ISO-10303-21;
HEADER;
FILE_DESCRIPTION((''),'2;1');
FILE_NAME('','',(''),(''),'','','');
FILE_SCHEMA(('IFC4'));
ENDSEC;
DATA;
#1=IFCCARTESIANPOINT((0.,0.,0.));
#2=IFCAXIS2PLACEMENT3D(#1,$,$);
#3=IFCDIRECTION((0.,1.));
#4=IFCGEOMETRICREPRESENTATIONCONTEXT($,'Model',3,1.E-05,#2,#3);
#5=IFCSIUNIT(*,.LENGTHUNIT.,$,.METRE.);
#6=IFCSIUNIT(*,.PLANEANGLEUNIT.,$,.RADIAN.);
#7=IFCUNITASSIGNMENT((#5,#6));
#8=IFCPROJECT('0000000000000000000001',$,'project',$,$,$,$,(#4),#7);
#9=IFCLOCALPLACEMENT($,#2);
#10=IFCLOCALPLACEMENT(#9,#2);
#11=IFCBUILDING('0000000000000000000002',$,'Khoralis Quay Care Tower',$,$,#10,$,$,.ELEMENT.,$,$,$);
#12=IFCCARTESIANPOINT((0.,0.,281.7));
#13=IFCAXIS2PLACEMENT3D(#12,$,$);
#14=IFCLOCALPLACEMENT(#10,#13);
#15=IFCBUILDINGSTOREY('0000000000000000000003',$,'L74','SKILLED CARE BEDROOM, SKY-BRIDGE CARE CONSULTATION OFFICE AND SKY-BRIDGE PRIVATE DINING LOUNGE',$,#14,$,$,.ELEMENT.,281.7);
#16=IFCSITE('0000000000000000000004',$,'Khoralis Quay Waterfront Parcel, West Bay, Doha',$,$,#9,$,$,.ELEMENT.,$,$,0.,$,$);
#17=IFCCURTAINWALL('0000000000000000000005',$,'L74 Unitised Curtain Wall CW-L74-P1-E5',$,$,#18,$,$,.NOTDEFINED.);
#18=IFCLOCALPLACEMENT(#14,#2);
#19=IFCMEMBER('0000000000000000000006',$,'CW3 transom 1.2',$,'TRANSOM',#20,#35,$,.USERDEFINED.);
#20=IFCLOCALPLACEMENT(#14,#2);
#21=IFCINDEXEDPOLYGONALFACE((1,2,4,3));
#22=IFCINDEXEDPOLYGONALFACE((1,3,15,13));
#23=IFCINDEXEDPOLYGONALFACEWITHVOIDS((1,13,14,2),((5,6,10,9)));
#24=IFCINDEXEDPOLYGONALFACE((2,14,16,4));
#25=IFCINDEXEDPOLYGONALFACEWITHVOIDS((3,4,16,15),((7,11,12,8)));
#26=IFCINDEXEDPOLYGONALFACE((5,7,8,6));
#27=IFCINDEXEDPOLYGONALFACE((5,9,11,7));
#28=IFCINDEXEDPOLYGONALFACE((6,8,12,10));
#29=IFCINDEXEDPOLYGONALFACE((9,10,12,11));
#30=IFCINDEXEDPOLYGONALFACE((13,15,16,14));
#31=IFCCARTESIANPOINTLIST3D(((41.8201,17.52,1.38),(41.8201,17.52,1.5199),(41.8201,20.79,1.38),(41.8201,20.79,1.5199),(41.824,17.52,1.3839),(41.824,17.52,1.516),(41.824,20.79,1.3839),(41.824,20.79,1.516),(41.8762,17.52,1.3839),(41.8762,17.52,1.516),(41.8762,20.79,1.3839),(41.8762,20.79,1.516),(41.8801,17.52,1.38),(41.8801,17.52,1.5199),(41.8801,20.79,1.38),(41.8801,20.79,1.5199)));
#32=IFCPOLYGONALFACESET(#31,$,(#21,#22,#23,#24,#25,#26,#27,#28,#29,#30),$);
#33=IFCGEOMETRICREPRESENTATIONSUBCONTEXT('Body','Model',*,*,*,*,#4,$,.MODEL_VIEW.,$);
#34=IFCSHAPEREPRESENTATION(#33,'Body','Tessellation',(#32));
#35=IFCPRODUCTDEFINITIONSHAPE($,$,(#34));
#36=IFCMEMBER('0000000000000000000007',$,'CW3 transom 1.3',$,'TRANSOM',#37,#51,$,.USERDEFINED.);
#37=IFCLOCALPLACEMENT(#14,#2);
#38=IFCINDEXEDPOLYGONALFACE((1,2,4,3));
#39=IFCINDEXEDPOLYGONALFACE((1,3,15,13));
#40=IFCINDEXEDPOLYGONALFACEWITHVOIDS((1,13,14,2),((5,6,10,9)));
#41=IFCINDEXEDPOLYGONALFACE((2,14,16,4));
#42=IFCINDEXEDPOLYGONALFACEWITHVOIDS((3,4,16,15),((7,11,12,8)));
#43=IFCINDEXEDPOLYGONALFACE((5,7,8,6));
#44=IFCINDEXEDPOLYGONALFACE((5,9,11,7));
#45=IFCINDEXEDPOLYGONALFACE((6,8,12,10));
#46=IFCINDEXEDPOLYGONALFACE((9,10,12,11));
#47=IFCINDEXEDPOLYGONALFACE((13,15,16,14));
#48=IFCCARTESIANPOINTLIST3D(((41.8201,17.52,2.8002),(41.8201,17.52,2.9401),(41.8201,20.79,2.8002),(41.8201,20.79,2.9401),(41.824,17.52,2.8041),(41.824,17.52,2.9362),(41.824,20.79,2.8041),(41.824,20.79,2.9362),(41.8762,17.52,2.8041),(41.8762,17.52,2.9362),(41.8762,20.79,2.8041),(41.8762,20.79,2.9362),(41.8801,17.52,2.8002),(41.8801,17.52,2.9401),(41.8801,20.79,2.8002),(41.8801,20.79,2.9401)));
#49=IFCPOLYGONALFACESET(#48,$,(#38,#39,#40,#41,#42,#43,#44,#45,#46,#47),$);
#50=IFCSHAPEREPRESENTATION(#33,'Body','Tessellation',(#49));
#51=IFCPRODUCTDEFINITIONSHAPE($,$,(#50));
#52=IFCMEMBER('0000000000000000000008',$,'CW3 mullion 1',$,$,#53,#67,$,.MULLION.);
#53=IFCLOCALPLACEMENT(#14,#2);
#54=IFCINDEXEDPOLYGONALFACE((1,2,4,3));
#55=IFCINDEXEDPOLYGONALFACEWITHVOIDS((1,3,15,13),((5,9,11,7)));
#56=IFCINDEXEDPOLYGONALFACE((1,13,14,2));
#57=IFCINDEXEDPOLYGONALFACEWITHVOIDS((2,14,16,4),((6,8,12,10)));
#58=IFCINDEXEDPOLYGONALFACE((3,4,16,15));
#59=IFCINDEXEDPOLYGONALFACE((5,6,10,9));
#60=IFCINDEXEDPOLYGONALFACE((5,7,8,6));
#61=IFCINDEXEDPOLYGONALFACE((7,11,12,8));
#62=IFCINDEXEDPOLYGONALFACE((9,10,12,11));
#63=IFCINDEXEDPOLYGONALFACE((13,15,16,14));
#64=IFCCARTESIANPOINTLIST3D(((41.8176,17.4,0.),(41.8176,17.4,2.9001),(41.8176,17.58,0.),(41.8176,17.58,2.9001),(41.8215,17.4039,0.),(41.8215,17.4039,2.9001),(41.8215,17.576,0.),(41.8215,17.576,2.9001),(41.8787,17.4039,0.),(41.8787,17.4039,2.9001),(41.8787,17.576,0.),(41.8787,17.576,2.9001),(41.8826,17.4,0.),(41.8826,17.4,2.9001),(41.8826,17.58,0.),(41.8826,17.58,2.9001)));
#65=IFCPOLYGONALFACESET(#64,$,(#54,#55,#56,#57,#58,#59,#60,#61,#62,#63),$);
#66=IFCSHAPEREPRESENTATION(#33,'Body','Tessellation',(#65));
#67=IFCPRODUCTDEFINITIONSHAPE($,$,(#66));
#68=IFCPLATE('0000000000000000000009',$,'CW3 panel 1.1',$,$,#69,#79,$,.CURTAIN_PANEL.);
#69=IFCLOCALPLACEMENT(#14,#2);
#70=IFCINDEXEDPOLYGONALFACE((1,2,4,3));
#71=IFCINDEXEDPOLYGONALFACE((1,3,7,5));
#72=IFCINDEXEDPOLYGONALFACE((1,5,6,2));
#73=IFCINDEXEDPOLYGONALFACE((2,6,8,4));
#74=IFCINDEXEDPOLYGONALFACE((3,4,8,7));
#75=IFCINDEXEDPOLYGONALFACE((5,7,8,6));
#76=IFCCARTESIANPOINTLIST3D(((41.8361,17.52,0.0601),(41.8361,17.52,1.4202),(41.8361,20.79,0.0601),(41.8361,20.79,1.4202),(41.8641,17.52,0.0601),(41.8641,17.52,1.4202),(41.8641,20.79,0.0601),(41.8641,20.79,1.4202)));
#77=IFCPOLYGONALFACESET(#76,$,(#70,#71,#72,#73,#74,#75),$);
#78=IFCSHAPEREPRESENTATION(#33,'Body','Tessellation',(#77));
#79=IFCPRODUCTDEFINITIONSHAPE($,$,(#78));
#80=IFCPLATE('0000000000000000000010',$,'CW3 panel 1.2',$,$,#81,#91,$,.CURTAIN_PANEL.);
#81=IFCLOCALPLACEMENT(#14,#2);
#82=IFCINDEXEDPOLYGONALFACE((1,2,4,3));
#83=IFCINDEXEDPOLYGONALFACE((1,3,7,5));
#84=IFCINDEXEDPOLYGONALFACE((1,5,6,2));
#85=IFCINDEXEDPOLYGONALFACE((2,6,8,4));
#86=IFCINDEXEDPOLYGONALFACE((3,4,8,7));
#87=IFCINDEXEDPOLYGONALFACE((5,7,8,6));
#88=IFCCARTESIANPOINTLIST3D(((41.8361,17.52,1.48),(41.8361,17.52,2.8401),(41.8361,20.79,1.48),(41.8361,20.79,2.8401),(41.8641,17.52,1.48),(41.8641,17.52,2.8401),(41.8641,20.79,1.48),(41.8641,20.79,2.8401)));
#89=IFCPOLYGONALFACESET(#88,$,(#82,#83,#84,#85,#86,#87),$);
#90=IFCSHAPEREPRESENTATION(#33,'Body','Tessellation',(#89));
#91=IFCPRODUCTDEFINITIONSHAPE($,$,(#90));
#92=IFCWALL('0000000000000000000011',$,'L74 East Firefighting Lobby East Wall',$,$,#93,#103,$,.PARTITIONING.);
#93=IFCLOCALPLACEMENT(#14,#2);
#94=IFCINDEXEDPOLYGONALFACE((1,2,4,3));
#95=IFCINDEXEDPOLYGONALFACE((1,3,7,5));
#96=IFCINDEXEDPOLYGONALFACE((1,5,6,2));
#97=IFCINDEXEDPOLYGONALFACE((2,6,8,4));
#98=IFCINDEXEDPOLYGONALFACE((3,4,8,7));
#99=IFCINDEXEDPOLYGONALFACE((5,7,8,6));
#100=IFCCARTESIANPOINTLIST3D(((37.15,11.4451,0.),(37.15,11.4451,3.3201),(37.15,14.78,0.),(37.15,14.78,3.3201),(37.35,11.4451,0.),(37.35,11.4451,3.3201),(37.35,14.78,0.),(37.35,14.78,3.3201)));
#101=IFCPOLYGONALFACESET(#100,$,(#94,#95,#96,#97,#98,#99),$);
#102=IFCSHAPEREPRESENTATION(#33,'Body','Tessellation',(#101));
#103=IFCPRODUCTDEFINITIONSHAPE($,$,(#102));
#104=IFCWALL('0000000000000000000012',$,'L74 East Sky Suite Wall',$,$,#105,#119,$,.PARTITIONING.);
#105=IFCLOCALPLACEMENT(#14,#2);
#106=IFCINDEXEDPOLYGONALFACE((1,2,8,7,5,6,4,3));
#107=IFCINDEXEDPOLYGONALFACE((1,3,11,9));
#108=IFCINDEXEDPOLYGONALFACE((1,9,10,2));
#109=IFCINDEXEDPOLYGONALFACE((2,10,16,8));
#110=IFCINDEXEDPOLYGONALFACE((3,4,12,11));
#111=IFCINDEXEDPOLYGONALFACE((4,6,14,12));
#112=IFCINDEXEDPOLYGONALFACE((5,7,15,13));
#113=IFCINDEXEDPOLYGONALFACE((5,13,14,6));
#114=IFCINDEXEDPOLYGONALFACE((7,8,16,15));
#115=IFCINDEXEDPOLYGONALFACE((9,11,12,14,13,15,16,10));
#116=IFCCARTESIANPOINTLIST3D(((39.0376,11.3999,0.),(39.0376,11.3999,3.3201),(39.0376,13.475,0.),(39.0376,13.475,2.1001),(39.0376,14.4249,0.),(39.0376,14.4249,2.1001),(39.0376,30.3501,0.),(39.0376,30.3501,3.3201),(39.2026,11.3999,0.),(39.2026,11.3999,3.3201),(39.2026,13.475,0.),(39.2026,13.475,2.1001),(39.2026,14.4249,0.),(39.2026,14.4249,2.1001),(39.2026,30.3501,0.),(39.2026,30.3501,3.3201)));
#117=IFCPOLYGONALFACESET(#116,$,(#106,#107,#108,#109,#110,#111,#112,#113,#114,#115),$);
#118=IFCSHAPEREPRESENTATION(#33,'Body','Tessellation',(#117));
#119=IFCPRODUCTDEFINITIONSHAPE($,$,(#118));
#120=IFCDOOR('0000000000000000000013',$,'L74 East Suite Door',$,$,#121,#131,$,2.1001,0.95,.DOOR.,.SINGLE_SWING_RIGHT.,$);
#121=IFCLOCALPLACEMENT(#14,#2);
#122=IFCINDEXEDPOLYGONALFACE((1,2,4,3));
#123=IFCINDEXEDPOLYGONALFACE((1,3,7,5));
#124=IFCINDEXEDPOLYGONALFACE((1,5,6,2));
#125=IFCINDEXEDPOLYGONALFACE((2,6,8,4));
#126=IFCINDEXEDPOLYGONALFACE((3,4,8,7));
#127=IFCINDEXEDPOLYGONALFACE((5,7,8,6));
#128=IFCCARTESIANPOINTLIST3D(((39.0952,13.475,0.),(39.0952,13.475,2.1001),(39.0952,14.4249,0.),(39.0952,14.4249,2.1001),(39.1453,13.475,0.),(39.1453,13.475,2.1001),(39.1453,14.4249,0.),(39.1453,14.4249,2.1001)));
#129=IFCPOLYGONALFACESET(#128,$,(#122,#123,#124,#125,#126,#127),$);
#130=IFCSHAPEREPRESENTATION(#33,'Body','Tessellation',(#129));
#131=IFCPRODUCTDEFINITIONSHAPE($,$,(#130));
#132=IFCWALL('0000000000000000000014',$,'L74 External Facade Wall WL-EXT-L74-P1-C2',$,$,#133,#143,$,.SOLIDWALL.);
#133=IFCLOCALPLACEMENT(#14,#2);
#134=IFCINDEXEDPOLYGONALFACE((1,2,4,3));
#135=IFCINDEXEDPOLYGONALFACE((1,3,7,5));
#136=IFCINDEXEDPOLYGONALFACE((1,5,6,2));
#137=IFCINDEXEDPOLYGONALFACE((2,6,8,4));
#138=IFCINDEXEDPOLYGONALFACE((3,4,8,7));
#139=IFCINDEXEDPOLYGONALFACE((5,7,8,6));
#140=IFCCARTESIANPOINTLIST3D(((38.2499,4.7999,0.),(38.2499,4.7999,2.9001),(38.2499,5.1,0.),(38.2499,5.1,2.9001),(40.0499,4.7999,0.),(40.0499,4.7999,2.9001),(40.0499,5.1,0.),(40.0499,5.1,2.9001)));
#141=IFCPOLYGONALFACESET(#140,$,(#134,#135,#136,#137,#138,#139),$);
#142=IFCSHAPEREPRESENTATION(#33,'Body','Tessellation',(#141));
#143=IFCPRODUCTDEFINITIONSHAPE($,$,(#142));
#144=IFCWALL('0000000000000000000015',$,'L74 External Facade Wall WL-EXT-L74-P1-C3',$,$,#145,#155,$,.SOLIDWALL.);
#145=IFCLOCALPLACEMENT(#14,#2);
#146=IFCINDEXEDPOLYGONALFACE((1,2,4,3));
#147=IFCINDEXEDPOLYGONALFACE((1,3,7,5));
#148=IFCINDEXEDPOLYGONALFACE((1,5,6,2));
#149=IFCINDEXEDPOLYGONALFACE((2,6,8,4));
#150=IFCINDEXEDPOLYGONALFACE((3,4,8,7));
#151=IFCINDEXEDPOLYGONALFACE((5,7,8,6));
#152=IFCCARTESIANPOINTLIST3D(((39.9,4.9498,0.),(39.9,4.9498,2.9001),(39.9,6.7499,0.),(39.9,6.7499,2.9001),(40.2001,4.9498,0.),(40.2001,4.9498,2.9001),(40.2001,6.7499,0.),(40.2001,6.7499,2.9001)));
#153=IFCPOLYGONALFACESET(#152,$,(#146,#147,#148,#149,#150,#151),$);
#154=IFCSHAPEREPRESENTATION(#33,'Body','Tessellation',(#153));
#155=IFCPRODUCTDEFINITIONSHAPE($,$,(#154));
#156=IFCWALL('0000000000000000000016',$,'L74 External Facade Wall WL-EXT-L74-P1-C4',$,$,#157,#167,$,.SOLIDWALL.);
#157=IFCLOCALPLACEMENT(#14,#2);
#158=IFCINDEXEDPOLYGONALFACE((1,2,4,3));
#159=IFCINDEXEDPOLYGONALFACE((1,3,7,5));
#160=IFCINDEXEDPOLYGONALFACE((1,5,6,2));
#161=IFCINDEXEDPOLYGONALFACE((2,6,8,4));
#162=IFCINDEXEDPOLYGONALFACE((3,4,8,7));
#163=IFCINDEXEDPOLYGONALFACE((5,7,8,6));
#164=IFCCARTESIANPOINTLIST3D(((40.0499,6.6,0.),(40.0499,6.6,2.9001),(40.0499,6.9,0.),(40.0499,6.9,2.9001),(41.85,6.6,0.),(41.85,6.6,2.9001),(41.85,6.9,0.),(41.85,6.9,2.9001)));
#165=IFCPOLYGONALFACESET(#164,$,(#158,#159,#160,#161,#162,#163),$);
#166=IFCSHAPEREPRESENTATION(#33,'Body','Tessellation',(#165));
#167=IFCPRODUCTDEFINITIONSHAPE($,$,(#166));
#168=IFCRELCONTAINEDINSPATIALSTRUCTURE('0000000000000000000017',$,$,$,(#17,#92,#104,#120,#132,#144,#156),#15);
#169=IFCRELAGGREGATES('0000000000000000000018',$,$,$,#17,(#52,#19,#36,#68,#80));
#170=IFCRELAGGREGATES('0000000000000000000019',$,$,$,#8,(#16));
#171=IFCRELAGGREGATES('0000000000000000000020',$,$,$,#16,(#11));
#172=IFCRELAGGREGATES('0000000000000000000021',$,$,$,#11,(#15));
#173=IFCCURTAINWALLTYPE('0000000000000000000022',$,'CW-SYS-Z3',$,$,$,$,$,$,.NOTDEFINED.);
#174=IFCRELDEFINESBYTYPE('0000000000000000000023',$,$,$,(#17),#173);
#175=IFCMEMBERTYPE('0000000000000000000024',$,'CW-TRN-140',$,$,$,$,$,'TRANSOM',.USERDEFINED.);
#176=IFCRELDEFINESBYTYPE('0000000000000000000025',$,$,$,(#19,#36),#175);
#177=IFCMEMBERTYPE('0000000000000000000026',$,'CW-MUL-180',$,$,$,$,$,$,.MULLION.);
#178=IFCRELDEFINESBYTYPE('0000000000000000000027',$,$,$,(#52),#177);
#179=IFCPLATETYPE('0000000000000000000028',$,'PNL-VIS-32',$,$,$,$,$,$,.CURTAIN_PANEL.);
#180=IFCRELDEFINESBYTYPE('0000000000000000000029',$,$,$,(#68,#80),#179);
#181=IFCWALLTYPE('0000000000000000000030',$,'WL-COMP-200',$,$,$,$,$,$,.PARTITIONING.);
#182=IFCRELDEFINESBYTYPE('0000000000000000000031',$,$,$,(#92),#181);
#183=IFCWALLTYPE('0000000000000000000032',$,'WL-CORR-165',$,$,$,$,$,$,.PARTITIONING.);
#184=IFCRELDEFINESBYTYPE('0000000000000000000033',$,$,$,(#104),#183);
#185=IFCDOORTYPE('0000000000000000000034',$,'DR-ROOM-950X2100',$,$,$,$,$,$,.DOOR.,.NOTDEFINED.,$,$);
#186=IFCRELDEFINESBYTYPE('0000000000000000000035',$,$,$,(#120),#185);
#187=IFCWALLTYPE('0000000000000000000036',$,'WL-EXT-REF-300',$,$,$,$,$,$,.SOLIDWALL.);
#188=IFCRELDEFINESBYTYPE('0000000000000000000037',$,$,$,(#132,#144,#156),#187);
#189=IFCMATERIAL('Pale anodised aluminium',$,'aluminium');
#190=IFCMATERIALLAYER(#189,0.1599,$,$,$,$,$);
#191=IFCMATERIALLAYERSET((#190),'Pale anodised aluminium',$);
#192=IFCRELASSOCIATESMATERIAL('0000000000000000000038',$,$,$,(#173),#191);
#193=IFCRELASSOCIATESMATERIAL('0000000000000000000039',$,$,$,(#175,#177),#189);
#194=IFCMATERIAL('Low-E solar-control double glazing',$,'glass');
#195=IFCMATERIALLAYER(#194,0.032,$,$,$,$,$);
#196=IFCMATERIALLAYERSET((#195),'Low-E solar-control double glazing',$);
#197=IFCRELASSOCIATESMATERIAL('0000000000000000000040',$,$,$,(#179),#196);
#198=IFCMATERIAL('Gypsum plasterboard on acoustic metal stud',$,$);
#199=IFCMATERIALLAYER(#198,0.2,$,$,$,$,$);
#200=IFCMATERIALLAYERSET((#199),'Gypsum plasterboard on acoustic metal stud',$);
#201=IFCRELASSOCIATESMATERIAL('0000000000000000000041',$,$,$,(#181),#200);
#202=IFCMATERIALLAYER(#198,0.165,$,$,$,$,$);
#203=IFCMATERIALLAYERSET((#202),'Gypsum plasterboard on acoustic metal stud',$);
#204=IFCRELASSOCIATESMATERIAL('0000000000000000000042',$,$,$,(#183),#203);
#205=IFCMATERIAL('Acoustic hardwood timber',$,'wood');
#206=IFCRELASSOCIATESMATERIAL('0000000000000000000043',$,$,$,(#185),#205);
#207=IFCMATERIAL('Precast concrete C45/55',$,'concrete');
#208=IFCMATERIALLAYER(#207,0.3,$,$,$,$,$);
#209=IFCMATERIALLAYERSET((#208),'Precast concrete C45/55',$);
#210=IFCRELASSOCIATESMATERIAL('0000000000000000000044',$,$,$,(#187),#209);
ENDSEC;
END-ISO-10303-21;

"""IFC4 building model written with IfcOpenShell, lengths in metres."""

from ifc_helpers import new_model, si_unit, direction, frame, frame_2d, origin, origin_2d, place, context, subcontext, project, spatial, rectangle, hollow_rectangle, extrude, source, transform, mapped, material, layer, layer_set, material_profile, profile_set, type_object, element, fill, aggregate, save


model = new_model("IFC4")

# Units and contexts
model_context = context("Model", 3, precision=1e-05, world=origin(), true_north=direction((0.0, 1.0)))
body_context = subcontext(model_context, "Body", "Model", "MODEL_VIEW")
ifc_project = project(units=[si_unit("LENGTHUNIT", "METRE"), si_unit("PLANEANGLEUNIT", "RADIAN")], contexts=[model_context])

# Site, building, storey
site_placement = place(None, origin())
site = spatial("IfcSite", under=ifc_project, at=site_placement, Name="Khoralis Quay Waterfront Parcel, West Bay, Doha", CompositionType="ELEMENT", RefElevation=0.0)
building_placement = place(site_placement, origin())
building = spatial("IfcBuilding", under=site, at=building_placement, Name="Khoralis Quay Care Tower", CompositionType="ELEMENT")
storey_placement = place(building_placement, frame((0.0, 0.0, 281.7)))
storey = spatial("IfcBuildingStorey", under=building, at=storey_placement, Name="L74", Description="SKILLED CARE BEDROOM, SKY-BRIDGE CARE CONSULTATION OFFICE AND SKY-BRIDGE PRIVATE DINING LOUNGE", CompositionType="ELEMENT", Elevation=281.7)

# Curtain wall, members, plates
ifc_material_1 = material(Name="Pale anodised aluminium", Category="aluminium")
ifc_layer_1 = layer(ifc_material_1, 0.1599)
ifc_layer_set_1 = layer_set([ifc_layer_1], Name="Pale anodised aluminium")
curtain_wall_type = type_object("IfcCurtainWallType", Name="CW-SYS-Z3", PredefinedType="NOTDEFINED", material=ifc_layer_set_1)
curtain_wall_placement = place(storey_placement, origin())
curtain_wall = element("IfcCurtainWall", 1, at=curtain_wall_placement, inside=storey, type_object=curtain_wall_type, Name="L74 Unitised Curtain Wall CW-L74-P1-E5", PredefinedType="NOTDEFINED")
ifc_material_profile_1 = material_profile(ifc_material_1, hollow_rectangle(XDim=0.0601, YDim=0.1399, WallThickness=0.0039, at=origin_2d()), Name="Pale anodised aluminium")
ifc_profile_set_1 = profile_set([ifc_material_profile_1], Name="Pale anodised aluminium")
member_type_1 = type_object("IfcMemberType", Name="CW-TRN-140", ElementType="TRANSOM", PredefinedType="USERDEFINED", material=ifc_profile_set_1)
shared_shape_1 = source(origin(), body_context, "Body", "SweptSolid", [
    extrude(hollow_rectangle(XDim=0.0601, YDim=0.1399, WallThickness=0.0039, at=origin_2d()), origin(), (0.0, 0.0, 1.0), 3.27),
])
member_1_placement = place(storey_placement, frame((41.8501, 17.52, 1.45), z_axis=(0.0, 1.0, 0.0), x_axis=(-1.0, 0.0, 0.0)))
member_1 = element("IfcMember", 2, at=member_1_placement, type_object=member_type_1, Name="CW3 transom 1.2", ObjectType="TRANSOM", PredefinedType="USERDEFINED", context=body_context, shape_type="MappedRepresentation", body=[
    mapped(shared_shape_1, transform((0.0, 0.0, 0.0), scale=1.0)),
])
member_2_placement = place(storey_placement, frame((41.8501, 17.52, 2.8701), z_axis=(0.0, 1.0, 0.0), x_axis=(-1.0, 0.0, 0.0)))
member_2 = element("IfcMember", 3, at=member_2_placement, type_object=member_type_1, Name="CW3 transom 1.3", ObjectType="TRANSOM", PredefinedType="USERDEFINED", context=body_context, shape_type="MappedRepresentation", body=[
    mapped(shared_shape_1, transform((0.0, 0.0, 0.0), scale=1.0)),
])
ifc_material_profile_2 = material_profile(ifc_material_1, hollow_rectangle(XDim=0.0649, YDim=0.1799, WallThickness=0.0039, at=origin_2d()), Name="Pale anodised aluminium")
ifc_profile_set_2 = profile_set([ifc_material_profile_2], Name="Pale anodised aluminium")
member_type_2 = type_object("IfcMemberType", Name="CW-MUL-180", PredefinedType="MULLION", material=ifc_profile_set_2)
shared_shape_2 = source(origin(), body_context, "Body", "SweptSolid", [
    extrude(hollow_rectangle(XDim=0.0649, YDim=0.1799, WallThickness=0.0039, at=origin_2d()), origin(), (0.0, 0.0, 1.0), 2.9001),
])
member_3_placement = place(storey_placement, frame((41.8501, 17.49, 0.0), z_axis=(0.0, 0.0, 1.0), x_axis=(-1.0, 0.0, 0.0)))
member_3 = element("IfcMember", 4, at=member_3_placement, type_object=member_type_2, Name="CW3 mullion 1", PredefinedType="MULLION", context=body_context, shape_type="MappedRepresentation", body=[
    mapped(shared_shape_2, transform((0.0, 0.0, 0.0), scale=1.0)),
])
ifc_material_2 = material(Name="Low-E solar-control double glazing", Category="glass")
ifc_layer_2 = layer(ifc_material_2, 0.032)
ifc_layer_set_2 = layer_set([ifc_layer_2], Name="Low-E solar-control double glazing")
plate_type = type_object("IfcPlateType", Name="PNL-VIS-32", PredefinedType="CURTAIN_PANEL", material=ifc_layer_set_2)
shared_shape_3 = source(origin(), body_context, "Body", "SweptSolid", [
    extrude(rectangle(XDim=3.27, YDim=0.0281, at=origin_2d()), origin(), (0.0, 0.0, 1.0), 1.3601),
])
plate_1_placement = place(storey_placement, frame((41.8501, 19.155, 0.0601), z_axis=(0.0, 0.0, 1.0), x_axis=(0.0, 1.0, 0.0)))
plate_1 = element("IfcPlate", 5, at=plate_1_placement, type_object=plate_type, Name="CW3 panel 1.1", PredefinedType="CURTAIN_PANEL", context=body_context, shape_type="MappedRepresentation", body=[
    mapped(shared_shape_3, transform((0.0, 0.0, 0.0), scale=1.0)),
])
plate_2_placement = place(storey_placement, frame((41.8501, 19.155, 1.48), z_axis=(0.0, 0.0, 1.0), x_axis=(0.0, 1.0, 0.0)))
plate_2 = element("IfcPlate", 6, at=plate_2_placement, type_object=plate_type, Name="CW3 panel 1.2", PredefinedType="CURTAIN_PANEL", context=body_context, shape_type="MappedRepresentation", body=[
    mapped(shared_shape_3, transform((0.0, 0.0, 0.0), scale=1.0)),
])
aggregate(curtain_wall, [member_3, member_1, member_2, plate_1, plate_2])

# Wall
ifc_material_3 = material(Name="Gypsum plasterboard on acoustic metal stud")
ifc_layer_3 = layer(ifc_material_3, 0.2)
ifc_layer_set_3 = layer_set([ifc_layer_3], Name="Gypsum plasterboard on acoustic metal stud")
wall_type_1 = type_object("IfcWallType", Name="WL-COMP-200", PredefinedType="PARTITIONING", material=ifc_layer_set_3)
wall_1_placement = place(storey_placement, frame((37.25, 11.4451, 0.0), z_axis=(0.0, 0.0, 1.0), x_axis=(0.0, 1.0, 0.0)))
element("IfcWall", 7, at=wall_1_placement, inside=storey, type_object=wall_type_1, Name="L74 East Firefighting Lobby East Wall", PredefinedType="PARTITIONING", context=body_context, shape_type="SweptSolid", body=[
    extrude(rectangle(XDim=3.335, YDim=0.2, at=frame_2d((1.6675, 0.0))), origin(), (0.0, 0.0, 1.0), 3.3201),
])

# Wall, opening, door
ifc_layer_4 = layer(ifc_material_3, 0.165)
ifc_layer_set_4 = layer_set([ifc_layer_4], Name="Gypsum plasterboard on acoustic metal stud")
wall_type_2 = type_object("IfcWallType", Name="WL-CORR-165", PredefinedType="PARTITIONING", material=ifc_layer_set_4)
wall_2_placement = place(storey_placement, frame((39.1201, 11.3999, 0.0), z_axis=(0.0, 0.0, 1.0), x_axis=(0.0, 1.0, 0.0)))
wall_2 = element("IfcWall", 8, at=wall_2_placement, inside=storey, type_object=wall_type_2, Name="L74 East Sky Suite Wall", PredefinedType="PARTITIONING", context=body_context, shape_type="SweptSolid", body=[
    extrude(rectangle(XDim=18.9502, YDim=0.165, at=frame_2d((9.4751, 0.0))), origin(), (0.0, 0.0, 1.0), 3.3201),
])
opening_1_placement = place(wall_2_placement, frame((2.075, 0.0, 0.0)))
opening_1 = element("IfcOpeningElement", 9, at=opening_1_placement, cuts=wall_2, PredefinedType="OPENING", context=body_context, shape_type="SweptSolid", body=[
    extrude(rectangle(XDim=0.95, YDim=2.1001, at=frame_2d((0.4751, 1.05))), frame((0.0, 0.0925, 0.0), z_axis=(0.0, -1.0, 0.0), x_axis=(1.0, 0.0, 0.0)), (0.0, 0.0, 1.0), 0.1851),
])
ifc_material_4 = material(Name="Acoustic hardwood timber", Category="wood")
door_type = type_object("IfcDoorType", Name="DR-ROOM-950X2100", OperationType="NOTDEFINED", PredefinedType="DOOR", material=ifc_material_4)
shared_shape_4 = source(origin(), body_context, "Body", "SweptSolid", [
    extrude(rectangle(XDim=0.95, YDim=2.1001, at=frame_2d((0.4751, 1.05))), frame((0.0, 0.0249, 0.0), z_axis=(0.0, -1.0, 0.0), x_axis=(1.0, 0.0, 0.0)), (0.0, 0.0, 1.0), 0.05),
])
door_placement = place(opening_1_placement, origin())
door = element("IfcDoor", 10, at=door_placement, inside=storey, type_object=door_type, Name="L74 East Suite Door", OperationType="SINGLE_SWING_RIGHT", OverallHeight=2.1001, OverallWidth=0.95, PredefinedType="DOOR", context=body_context, shape_type="MappedRepresentation", body=[
    mapped(shared_shape_4, transform((0.0, 0.0, 0.0), scale=1.0)),
])
fill(opening_1, door)

# Walls
ifc_material_5 = material(Name="Precast concrete C45/55", Category="concrete")
ifc_layer_5 = layer(ifc_material_5, 0.3)
ifc_layer_set_5 = layer_set([ifc_layer_5], Name="Precast concrete C45/55")
wall_type_3 = type_object("IfcWallType", Name="WL-EXT-REF-300", PredefinedType="SOLIDWALL", material=ifc_layer_set_5)
for number, where, z_axis, x_axis, name in (
    (11, (38.25, 4.95, 0.0), (0.0, 0.0, 1.0), (1.0, 0.0, 0.0), "L74 External Facade Wall WL-EXT-L74-P1-C2"),
    (12, (40.05, 4.95, 0.0), (0.0, 0.0, 1.0), (0.0, 1.0, 0.0), "L74 External Facade Wall WL-EXT-L74-P1-C3"),
    (13, (40.05, 6.75, 0.0), (0.0, 0.0, 1.0), (1.0, 0.0, 0.0), "L74 External Facade Wall WL-EXT-L74-P1-C4"),
):
    element("IfcWall", number, at=place(storey_placement, frame(where, z_axis=z_axis, x_axis=x_axis)), inside=storey, type_object=wall_type_3, Name=name, PredefinedType="SOLIDWALL", context=body_context, shape_type="SweptSolid", body=[
        extrude(rectangle(XDim=1.8, YDim=0.3, at=frame_2d((0.8999, 0.0))), origin(), (0.0, 0.0, 1.0), 2.9001),
    ])

save(model, "model.ifc")
